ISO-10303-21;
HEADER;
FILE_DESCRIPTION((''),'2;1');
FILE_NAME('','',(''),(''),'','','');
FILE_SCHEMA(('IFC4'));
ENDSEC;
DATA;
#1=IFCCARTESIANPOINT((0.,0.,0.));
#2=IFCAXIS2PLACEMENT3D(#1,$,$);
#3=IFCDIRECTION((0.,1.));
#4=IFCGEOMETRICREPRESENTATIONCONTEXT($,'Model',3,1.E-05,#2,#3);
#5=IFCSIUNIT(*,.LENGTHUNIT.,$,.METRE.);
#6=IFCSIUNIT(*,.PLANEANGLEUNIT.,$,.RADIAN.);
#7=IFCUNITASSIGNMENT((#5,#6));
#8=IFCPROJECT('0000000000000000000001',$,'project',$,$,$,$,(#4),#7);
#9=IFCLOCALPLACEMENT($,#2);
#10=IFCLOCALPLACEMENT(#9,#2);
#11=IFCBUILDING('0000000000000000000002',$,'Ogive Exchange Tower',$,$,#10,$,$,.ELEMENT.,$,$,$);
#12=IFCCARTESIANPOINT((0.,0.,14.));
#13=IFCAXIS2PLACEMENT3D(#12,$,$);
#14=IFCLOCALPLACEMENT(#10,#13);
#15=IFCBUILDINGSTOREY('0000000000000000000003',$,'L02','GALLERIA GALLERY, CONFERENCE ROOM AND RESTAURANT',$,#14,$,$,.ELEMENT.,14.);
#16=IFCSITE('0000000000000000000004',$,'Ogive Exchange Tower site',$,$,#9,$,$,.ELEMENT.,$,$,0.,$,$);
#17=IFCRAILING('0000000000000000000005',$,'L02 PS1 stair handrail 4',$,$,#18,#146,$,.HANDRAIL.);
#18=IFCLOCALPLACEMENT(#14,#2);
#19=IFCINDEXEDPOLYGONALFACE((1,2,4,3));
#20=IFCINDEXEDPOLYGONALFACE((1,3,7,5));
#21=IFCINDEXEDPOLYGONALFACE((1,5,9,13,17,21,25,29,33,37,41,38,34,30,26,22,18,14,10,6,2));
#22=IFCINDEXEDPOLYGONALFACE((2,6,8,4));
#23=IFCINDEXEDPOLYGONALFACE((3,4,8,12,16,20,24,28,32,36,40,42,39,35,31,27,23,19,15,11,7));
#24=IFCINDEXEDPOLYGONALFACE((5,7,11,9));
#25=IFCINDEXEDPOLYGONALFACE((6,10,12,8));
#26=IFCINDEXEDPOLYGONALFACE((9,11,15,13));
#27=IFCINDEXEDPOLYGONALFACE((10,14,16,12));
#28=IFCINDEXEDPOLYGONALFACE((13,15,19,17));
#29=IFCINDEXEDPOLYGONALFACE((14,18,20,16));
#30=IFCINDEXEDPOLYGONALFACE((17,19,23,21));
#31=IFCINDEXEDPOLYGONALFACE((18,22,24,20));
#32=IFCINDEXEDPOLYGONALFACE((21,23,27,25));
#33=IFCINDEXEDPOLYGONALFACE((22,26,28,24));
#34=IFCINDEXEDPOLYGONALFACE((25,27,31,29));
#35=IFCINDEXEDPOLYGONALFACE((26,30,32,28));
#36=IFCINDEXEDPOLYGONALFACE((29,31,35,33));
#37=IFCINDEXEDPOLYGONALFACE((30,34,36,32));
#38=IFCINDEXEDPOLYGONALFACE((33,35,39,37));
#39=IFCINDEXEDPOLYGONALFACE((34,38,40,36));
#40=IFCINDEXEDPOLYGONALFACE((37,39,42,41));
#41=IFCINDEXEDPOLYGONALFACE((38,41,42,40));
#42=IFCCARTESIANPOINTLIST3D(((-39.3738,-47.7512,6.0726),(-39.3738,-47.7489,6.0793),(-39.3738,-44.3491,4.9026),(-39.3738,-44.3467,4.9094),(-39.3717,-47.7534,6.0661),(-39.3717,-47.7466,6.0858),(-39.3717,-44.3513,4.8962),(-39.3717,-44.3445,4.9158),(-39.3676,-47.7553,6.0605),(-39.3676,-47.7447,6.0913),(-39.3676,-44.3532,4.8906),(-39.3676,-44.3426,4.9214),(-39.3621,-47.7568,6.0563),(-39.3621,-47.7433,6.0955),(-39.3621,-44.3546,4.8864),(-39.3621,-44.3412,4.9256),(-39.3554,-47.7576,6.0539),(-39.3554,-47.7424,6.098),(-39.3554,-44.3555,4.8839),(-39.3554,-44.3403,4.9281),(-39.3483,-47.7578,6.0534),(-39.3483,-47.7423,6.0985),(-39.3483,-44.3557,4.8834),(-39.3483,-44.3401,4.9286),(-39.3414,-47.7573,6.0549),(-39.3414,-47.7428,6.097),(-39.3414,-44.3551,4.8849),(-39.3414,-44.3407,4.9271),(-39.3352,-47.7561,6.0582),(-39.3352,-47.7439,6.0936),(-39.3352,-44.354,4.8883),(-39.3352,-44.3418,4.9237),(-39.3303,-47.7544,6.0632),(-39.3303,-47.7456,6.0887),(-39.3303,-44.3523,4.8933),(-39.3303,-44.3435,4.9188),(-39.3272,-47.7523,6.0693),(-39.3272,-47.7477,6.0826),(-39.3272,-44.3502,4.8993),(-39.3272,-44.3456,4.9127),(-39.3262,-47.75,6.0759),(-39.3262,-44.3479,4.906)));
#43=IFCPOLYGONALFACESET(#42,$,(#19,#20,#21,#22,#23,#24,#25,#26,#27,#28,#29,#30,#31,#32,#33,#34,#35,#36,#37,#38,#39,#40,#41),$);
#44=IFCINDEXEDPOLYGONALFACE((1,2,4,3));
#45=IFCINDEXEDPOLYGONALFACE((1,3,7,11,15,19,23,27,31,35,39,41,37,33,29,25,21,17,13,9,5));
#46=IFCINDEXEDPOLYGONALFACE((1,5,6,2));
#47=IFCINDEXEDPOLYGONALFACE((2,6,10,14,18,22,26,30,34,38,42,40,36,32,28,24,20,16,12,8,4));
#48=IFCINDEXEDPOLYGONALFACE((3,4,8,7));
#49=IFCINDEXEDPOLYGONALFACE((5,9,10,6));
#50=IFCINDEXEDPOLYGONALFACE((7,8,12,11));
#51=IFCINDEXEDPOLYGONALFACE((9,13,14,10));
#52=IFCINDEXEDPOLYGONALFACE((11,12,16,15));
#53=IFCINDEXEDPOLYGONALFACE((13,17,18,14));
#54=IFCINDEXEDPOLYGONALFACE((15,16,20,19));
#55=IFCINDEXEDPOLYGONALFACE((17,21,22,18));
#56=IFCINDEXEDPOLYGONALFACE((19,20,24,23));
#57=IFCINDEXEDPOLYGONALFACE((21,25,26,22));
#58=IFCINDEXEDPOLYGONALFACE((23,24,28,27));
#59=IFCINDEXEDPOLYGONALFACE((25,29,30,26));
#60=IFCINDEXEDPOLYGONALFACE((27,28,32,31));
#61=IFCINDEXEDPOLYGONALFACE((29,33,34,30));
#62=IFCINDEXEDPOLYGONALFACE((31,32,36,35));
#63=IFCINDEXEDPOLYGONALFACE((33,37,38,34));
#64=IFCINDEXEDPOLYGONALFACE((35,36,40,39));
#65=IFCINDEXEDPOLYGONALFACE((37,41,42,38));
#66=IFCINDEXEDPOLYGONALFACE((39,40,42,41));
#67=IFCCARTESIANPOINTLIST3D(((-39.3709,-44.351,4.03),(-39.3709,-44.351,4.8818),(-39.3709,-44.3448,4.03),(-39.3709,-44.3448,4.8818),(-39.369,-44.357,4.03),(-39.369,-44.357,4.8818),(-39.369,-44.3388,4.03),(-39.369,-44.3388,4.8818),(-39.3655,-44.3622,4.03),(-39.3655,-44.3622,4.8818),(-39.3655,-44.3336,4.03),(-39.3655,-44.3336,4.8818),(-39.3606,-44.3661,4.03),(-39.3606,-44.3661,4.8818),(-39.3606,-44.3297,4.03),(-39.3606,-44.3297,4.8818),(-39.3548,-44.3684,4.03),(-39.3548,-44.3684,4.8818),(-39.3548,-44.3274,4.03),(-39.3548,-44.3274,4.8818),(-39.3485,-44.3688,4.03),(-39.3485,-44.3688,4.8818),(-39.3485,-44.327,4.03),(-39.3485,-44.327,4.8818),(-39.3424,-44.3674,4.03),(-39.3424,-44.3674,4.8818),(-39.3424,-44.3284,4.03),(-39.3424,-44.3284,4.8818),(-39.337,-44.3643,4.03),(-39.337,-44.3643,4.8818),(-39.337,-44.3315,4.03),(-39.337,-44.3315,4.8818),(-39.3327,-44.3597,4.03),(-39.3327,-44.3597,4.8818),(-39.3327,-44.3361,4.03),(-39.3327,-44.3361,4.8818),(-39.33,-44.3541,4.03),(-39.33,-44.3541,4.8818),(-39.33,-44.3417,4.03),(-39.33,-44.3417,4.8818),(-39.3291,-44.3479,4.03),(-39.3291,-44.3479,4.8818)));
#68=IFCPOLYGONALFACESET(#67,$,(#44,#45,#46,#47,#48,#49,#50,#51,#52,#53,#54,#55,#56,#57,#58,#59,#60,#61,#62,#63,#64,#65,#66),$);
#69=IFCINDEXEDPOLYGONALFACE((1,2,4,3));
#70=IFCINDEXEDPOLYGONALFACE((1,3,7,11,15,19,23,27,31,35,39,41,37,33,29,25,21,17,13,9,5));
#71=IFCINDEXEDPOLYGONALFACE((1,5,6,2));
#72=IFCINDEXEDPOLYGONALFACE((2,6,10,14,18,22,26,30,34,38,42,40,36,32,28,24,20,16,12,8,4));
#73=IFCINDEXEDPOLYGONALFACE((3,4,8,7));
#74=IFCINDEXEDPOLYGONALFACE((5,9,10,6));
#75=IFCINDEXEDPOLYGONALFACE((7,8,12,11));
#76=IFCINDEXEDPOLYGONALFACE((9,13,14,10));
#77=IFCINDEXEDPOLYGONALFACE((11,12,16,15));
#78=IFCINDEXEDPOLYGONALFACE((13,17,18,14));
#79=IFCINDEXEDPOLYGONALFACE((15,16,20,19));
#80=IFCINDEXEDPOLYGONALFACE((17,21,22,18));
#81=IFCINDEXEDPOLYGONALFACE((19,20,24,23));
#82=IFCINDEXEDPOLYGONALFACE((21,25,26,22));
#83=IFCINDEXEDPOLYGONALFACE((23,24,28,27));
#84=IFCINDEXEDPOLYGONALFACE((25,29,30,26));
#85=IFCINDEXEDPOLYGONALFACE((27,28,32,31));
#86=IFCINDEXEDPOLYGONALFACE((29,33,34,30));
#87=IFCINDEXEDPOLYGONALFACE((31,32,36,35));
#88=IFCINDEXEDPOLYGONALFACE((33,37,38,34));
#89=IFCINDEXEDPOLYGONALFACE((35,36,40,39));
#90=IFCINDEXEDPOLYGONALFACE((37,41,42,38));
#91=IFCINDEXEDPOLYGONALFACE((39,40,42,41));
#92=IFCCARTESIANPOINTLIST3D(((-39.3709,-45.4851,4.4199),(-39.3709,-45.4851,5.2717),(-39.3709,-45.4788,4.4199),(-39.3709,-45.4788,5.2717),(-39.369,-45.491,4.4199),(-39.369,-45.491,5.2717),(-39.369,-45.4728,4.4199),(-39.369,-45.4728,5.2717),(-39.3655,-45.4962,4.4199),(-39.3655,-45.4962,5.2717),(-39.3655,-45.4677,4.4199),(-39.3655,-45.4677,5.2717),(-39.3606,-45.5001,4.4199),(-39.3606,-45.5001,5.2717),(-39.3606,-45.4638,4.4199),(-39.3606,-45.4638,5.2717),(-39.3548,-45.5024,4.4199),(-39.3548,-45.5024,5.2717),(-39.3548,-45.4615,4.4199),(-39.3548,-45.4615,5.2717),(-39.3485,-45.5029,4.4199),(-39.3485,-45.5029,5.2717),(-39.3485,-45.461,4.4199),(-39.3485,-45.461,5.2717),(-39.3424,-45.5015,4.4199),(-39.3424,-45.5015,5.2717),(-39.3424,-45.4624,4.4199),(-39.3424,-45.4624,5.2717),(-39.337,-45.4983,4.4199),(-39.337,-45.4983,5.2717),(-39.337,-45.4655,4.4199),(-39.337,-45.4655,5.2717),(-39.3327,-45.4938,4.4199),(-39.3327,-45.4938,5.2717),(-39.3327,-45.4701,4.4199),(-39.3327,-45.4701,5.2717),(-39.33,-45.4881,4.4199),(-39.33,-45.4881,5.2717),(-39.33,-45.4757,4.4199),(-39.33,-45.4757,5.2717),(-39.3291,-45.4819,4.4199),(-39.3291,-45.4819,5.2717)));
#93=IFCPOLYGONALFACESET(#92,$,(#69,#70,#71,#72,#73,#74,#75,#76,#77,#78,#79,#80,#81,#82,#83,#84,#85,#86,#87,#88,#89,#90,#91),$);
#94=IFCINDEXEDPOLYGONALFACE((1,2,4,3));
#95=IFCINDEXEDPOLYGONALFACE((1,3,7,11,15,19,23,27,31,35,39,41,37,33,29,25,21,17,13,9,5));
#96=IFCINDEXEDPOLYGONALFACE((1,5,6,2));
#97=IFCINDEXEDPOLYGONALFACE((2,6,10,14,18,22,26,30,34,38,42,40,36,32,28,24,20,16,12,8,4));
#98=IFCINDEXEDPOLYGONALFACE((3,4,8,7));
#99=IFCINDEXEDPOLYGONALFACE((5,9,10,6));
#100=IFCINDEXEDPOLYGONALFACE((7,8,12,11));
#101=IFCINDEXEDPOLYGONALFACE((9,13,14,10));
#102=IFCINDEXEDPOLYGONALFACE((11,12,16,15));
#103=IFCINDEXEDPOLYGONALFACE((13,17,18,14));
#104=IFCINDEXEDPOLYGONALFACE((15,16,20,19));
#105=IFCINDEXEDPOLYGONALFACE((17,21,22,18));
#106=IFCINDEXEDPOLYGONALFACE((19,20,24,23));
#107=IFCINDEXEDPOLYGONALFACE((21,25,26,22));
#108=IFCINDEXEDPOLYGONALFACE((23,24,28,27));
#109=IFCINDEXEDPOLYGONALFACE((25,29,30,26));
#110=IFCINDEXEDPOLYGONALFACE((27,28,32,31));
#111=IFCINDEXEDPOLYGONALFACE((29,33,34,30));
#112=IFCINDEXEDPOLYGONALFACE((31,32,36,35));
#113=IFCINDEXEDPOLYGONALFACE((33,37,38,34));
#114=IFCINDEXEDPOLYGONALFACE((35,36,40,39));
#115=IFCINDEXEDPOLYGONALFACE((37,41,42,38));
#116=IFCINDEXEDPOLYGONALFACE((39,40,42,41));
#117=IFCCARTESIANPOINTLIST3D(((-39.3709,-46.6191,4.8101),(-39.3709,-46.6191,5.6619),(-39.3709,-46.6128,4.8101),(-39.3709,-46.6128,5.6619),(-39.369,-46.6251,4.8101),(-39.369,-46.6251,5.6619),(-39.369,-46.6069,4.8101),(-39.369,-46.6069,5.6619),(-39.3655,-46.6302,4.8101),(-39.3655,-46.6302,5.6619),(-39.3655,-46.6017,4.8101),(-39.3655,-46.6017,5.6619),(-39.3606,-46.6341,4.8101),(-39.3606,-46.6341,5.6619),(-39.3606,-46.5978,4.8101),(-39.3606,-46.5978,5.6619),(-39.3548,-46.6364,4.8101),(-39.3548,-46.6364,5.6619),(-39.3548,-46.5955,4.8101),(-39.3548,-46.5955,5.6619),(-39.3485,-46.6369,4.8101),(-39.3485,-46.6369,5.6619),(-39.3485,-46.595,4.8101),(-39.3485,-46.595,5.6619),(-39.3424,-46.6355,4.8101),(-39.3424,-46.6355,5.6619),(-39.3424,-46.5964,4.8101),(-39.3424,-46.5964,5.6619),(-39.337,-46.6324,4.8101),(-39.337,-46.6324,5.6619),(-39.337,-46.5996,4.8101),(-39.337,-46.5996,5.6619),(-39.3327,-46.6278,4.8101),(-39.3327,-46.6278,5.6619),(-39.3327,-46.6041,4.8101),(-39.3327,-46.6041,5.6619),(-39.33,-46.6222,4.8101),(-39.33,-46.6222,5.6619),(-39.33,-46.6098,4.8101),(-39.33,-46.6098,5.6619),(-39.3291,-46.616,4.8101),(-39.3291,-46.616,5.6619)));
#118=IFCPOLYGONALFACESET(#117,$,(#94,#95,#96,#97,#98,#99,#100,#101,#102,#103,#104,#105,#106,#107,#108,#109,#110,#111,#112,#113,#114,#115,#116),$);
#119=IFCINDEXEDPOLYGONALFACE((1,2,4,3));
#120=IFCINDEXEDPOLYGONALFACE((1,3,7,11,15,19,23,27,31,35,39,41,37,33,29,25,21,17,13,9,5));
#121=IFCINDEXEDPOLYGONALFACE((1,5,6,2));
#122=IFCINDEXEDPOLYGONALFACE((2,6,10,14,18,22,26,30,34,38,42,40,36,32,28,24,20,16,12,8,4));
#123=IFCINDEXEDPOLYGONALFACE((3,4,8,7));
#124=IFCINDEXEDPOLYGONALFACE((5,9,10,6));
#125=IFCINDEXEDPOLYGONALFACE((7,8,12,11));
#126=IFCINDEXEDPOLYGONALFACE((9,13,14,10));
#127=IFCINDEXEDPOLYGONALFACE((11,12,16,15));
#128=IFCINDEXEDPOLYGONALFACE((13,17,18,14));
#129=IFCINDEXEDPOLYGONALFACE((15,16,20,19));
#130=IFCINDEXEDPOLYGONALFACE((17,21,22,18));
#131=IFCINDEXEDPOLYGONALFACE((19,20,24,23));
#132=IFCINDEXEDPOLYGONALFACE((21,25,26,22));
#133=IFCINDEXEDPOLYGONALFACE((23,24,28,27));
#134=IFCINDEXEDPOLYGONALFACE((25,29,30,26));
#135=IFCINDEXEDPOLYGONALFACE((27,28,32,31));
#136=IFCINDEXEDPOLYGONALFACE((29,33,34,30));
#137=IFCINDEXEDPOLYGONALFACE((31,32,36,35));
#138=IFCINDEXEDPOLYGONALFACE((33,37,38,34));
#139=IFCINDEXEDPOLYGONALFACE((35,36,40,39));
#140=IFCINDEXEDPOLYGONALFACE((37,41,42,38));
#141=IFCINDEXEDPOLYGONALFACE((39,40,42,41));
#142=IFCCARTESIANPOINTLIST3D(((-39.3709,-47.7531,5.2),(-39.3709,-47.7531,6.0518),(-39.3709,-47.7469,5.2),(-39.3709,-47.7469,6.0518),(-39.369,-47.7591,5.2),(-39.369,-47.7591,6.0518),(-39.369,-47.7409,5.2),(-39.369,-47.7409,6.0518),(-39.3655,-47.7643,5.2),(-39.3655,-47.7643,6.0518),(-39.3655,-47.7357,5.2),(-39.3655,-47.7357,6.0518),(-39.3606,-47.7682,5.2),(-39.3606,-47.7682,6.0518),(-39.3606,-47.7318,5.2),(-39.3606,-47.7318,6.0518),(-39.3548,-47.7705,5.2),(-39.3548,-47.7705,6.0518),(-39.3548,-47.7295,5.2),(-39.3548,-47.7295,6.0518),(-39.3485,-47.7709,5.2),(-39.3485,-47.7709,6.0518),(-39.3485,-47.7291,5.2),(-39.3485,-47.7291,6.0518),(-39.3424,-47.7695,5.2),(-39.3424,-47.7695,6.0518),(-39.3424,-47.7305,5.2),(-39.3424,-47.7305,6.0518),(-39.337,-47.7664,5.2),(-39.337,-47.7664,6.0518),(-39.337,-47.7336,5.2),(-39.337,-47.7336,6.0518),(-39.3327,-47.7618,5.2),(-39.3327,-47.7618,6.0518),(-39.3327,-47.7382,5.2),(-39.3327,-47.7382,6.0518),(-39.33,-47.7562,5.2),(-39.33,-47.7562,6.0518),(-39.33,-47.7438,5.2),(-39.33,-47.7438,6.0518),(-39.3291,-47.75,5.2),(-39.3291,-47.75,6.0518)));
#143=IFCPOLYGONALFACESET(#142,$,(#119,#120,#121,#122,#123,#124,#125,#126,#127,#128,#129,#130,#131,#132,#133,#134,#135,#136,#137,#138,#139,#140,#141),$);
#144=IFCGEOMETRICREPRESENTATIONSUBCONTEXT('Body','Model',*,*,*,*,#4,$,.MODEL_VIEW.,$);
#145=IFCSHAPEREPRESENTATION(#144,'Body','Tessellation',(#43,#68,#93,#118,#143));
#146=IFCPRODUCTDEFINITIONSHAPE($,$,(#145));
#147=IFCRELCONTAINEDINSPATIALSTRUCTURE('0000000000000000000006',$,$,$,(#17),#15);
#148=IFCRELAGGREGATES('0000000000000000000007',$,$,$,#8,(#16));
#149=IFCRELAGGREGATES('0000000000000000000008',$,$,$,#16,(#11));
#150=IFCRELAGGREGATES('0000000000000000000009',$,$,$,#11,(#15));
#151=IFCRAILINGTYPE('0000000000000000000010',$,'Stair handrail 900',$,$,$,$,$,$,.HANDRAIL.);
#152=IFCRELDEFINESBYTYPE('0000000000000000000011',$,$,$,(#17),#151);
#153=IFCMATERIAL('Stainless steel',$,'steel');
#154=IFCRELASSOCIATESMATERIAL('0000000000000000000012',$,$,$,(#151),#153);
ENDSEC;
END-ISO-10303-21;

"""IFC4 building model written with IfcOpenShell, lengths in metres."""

from ifc_helpers import new_model, si_unit, direction, frame, origin, origin_2d, place, context, subcontext, project, spatial, circle, extrude, material, type_object, element, save


model = new_model("IFC4")

# Units and contexts
model_context = context("Model", 3, precision=1e-05, world=origin(), true_north=direction((0.0, 1.0)))
body_context = subcontext(model_context, "Body", "Model", "MODEL_VIEW")
ifc_project = project(units=[si_unit("LENGTHUNIT", "METRE"), si_unit("PLANEANGLEUNIT", "RADIAN")], contexts=[model_context])

# Site, building, storey
site_placement = place(None, origin())
site = spatial("IfcSite", under=ifc_project, at=site_placement, Name="Ogive Exchange Tower site", CompositionType="ELEMENT", RefElevation=0.0)
building_placement = place(site_placement, origin())
building = spatial("IfcBuilding", under=site, at=building_placement, Name="Ogive Exchange Tower", CompositionType="ELEMENT")
storey_placement = place(building_placement, frame((0.0, 0.0, 14.0)))
storey = spatial("IfcBuildingStorey", under=building, at=storey_placement, Name="L02", Description="GALLERIA GALLERY, CONFERENCE ROOM AND RESTAURANT", CompositionType="ELEMENT", Elevation=14.0)

# Railing
ifc_material_1 = material(Name="Stainless steel", Category="steel")
railing_type = type_object("IfcRailingType", Name="Stair handrail 900", PredefinedType="HANDRAIL", material=ifc_material_1)
railing_1_placement = place(storey_placement, frame((-39.3501, -44.3479, 4.03)))
element("IfcRailing", 1, at=railing_1_placement, inside=storey, type_object=railing_type, Name="L02 PS1 stair handrail 4", PredefinedType="HANDRAIL", context=body_context, shape_type="SweptSolid", body=[
    extrude(circle(Radius=0.0239, at=origin_2d()), frame((0.0, 0.0, 0.876), z_axis=(0.0, -0.945648, 0.325192), x_axis=(1.0, 0.0, 0.0)), (0.0, 0.0, 1.0), 3.5977),
    extrude(circle(Radius=0.021, at=origin_2d()), origin(), (0.0, 0.0, 1.0), 0.8518),
    extrude(circle(Radius=0.021, at=origin_2d()), frame((0.0, -1.134, 0.3899)), (0.0, 0.0, 1.0), 0.8518),
    extrude(circle(Radius=0.021, at=origin_2d()), frame((0.0, -2.2681, 0.78)), (0.0, 0.0, 1.0), 0.8518),
    extrude(circle(Radius=0.021, at=origin_2d()), frame((0.0, -3.4021, 1.1699)), (0.0, 0.0, 1.0), 0.8518),
])

save(model, "model.ifc")
